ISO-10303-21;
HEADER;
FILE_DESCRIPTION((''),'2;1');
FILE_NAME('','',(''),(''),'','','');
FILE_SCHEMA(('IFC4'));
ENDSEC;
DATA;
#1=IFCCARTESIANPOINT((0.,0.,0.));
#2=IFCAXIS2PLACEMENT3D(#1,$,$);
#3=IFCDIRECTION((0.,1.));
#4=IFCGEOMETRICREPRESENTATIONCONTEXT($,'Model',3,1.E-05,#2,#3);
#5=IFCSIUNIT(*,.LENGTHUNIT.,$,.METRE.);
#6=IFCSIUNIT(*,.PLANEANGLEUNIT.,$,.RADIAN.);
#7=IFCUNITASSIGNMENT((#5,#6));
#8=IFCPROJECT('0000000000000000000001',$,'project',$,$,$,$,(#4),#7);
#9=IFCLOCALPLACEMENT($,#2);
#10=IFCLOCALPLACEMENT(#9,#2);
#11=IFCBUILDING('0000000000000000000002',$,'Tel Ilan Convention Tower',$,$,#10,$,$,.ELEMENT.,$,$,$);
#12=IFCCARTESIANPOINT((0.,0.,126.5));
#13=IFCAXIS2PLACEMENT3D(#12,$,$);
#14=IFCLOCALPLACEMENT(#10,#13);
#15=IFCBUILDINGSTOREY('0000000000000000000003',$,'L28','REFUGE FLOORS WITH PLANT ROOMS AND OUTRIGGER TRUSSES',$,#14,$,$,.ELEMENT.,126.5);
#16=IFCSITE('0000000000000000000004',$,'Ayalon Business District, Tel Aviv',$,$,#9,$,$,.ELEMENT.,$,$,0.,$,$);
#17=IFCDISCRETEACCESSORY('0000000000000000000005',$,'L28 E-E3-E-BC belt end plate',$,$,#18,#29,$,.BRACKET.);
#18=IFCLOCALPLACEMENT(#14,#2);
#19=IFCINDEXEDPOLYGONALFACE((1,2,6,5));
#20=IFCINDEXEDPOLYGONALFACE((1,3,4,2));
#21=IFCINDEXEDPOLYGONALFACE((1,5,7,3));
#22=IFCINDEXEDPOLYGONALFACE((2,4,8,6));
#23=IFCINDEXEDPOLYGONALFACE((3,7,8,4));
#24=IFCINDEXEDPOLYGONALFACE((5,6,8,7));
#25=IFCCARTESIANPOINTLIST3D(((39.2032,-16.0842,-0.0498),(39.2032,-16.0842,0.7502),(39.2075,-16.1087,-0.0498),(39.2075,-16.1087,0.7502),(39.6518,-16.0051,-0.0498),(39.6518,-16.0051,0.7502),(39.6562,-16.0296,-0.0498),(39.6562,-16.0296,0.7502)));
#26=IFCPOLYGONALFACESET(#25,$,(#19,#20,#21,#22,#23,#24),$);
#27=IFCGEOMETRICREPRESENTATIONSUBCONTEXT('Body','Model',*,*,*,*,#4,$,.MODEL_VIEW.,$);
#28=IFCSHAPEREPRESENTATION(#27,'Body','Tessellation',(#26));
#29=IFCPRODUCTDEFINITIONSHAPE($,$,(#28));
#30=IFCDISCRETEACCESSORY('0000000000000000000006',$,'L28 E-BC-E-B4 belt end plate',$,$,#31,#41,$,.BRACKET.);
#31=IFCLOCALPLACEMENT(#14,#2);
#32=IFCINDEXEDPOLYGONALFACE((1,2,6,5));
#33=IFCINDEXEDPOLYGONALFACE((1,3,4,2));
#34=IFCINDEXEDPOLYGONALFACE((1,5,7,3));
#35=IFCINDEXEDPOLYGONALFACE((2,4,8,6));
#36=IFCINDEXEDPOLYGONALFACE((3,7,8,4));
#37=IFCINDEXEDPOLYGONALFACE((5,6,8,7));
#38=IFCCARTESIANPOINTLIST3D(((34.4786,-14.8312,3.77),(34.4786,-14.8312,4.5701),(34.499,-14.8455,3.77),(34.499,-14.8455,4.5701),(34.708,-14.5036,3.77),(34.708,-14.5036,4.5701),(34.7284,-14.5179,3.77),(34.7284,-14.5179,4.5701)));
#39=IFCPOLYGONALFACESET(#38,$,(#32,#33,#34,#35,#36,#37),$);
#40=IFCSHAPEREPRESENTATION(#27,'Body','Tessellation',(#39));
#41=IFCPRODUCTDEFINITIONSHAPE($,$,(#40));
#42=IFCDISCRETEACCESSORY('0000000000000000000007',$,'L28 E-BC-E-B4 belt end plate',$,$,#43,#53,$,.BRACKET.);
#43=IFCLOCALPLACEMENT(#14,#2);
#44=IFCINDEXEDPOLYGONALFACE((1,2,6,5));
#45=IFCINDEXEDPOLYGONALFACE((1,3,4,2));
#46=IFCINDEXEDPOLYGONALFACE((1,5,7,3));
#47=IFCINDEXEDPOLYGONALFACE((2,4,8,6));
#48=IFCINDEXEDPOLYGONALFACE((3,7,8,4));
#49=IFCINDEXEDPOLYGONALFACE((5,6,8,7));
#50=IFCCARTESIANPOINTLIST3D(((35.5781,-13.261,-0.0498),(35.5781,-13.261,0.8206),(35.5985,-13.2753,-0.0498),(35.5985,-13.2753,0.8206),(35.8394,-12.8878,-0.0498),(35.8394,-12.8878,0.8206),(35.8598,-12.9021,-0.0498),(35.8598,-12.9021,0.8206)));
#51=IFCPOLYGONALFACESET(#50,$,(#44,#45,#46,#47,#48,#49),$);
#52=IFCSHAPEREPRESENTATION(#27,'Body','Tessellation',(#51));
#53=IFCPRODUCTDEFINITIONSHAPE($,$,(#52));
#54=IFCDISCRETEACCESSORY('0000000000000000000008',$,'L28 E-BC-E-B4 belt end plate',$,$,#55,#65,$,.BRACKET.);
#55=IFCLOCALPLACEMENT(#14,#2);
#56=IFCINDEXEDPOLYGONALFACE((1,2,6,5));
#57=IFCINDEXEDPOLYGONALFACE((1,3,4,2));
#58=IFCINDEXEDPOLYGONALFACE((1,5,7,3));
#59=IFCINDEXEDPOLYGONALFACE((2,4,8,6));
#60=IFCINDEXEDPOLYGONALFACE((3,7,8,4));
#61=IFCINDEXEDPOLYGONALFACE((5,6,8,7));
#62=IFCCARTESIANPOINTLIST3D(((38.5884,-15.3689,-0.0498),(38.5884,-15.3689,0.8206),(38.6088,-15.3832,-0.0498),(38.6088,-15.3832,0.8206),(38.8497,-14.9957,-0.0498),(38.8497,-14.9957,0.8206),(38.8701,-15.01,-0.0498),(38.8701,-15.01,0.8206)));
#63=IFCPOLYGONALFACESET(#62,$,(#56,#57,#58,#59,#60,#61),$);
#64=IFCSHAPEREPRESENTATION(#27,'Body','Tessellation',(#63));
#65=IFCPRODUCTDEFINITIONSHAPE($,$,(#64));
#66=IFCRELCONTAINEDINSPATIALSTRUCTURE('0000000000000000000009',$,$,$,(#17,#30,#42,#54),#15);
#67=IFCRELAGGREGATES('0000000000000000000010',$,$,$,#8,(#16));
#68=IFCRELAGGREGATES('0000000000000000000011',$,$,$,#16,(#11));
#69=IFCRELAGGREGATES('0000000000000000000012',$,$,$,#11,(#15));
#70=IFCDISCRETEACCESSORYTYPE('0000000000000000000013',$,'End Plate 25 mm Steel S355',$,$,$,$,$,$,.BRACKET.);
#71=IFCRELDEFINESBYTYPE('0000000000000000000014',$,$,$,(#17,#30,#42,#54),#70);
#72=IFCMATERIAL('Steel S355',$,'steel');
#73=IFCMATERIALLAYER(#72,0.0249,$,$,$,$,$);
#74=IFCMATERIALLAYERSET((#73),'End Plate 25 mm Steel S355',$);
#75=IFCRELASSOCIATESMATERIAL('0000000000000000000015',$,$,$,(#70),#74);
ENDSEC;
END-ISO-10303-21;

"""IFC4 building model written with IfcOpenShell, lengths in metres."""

from ifc_helpers import new_model, si_unit, direction, frame, origin, origin_2d, place, context, subcontext, project, spatial, rectangle, extrude, material, layer, layer_set, type_object, element, save


model = new_model("IFC4")

# Units and contexts
model_context = context("Model", 3, precision=1e-05, world=origin(), true_north=direction((0.0, 1.0)))
body_context = subcontext(model_context, "Body", "Model", "MODEL_VIEW")
ifc_project = project(units=[si_unit("LENGTHUNIT", "METRE"), si_unit("PLANEANGLEUNIT", "RADIAN")], contexts=[model_context])

# Site, building, storey
site_placement = place(None, origin())
site = spatial("IfcSite", under=ifc_project, at=site_placement, Name="Ayalon Business District, Tel Aviv", CompositionType="ELEMENT", RefElevation=0.0)
building_placement = place(site_placement, origin())
building = spatial("IfcBuilding", under=site, at=building_placement, Name="Tel Ilan Convention Tower", CompositionType="ELEMENT")
storey_placement = place(building_placement, frame((0.0, 0.0, 126.5)))
storey = spatial("IfcBuildingStorey", under=building, at=storey_placement, Name="L28", Description="REFUGE FLOORS WITH PLANT ROOMS AND OUTRIGGER TRUSSES", CompositionType="ELEMENT", Elevation=126.5)

# Discrete accessories
ifc_material_1 = material(Name="Steel S355", Category="steel")
ifc_layer_1 = layer(ifc_material_1, 0.0249)
ifc_layer_set_1 = layer_set([ifc_layer_1], Name="End Plate 25 mm Steel S355")
discrete_accessory_type_1 = type_object("IfcDiscreteAccessoryType", Name="End Plate 25 mm Steel S355", PredefinedType="BRACKET", material=ifc_layer_set_1)
discrete_accessory_1_placement = place(storey_placement, frame((39.4297, -16.0569, -0.0498), z_axis=(0.0, 0.0, 1.0), x_axis=(-0.173648, 0.984808, 0.0)))
element("IfcDiscreteAccessory", 1, at=discrete_accessory_1_placement, inside=storey, type_object=discrete_accessory_type_1, Name="L28 E-E3-E-BC belt end plate", PredefinedType="BRACKET", context=body_context, shape_type="SweptSolid", body=[
    extrude(rectangle(XDim=0.0249, YDim=0.4556, at=origin_2d()), origin(), (0.0, 0.0, 1.0), 0.8),
])
discrete_accessory_2_placement = place(storey_placement, frame((34.6035, -14.6746, 3.77), z_axis=(0.0, 0.0, 1.0), x_axis=(-0.819152, 0.573576, 0.0)))
element("IfcDiscreteAccessory", 2, at=discrete_accessory_2_placement, inside=storey, type_object=discrete_accessory_type_1, Name="L28 E-BC-E-B4 belt end plate", PredefinedType="BRACKET", context=body_context, shape_type="SweptSolid", body=[
    extrude(rectangle(XDim=0.0249, YDim=0.3999, at=origin_2d()), origin(), (0.0, 0.0, 1.0), 0.8),
])
for number, where, z_axis, x_axis, name in (
    (3, (35.719, -13.0815, -0.0498), (0.0, 0.0, 1.0), (-0.819152, 0.573576, 0.0), "L28 E-BC-E-B4 belt end plate"),
    (4, (38.7292, -15.1895, -0.0498), (0.0, 0.0, 1.0), (0.819152, -0.573576, 0.0), "L28 E-BC-E-B4 belt end plate"),
):
    element("IfcDiscreteAccessory", number, at=place(storey_placement, frame(where, z_axis=z_axis, x_axis=x_axis)), inside=storey, type_object=discrete_accessory_type_1, Name=name, PredefinedType="BRACKET", context=body_context, shape_type="SweptSolid", body=[
        extrude(rectangle(XDim=0.0249, YDim=0.4556, at=origin_2d()), origin(), (0.0, 0.0, 1.0), 0.8704),
    ])

save(model, "model.ifc")
